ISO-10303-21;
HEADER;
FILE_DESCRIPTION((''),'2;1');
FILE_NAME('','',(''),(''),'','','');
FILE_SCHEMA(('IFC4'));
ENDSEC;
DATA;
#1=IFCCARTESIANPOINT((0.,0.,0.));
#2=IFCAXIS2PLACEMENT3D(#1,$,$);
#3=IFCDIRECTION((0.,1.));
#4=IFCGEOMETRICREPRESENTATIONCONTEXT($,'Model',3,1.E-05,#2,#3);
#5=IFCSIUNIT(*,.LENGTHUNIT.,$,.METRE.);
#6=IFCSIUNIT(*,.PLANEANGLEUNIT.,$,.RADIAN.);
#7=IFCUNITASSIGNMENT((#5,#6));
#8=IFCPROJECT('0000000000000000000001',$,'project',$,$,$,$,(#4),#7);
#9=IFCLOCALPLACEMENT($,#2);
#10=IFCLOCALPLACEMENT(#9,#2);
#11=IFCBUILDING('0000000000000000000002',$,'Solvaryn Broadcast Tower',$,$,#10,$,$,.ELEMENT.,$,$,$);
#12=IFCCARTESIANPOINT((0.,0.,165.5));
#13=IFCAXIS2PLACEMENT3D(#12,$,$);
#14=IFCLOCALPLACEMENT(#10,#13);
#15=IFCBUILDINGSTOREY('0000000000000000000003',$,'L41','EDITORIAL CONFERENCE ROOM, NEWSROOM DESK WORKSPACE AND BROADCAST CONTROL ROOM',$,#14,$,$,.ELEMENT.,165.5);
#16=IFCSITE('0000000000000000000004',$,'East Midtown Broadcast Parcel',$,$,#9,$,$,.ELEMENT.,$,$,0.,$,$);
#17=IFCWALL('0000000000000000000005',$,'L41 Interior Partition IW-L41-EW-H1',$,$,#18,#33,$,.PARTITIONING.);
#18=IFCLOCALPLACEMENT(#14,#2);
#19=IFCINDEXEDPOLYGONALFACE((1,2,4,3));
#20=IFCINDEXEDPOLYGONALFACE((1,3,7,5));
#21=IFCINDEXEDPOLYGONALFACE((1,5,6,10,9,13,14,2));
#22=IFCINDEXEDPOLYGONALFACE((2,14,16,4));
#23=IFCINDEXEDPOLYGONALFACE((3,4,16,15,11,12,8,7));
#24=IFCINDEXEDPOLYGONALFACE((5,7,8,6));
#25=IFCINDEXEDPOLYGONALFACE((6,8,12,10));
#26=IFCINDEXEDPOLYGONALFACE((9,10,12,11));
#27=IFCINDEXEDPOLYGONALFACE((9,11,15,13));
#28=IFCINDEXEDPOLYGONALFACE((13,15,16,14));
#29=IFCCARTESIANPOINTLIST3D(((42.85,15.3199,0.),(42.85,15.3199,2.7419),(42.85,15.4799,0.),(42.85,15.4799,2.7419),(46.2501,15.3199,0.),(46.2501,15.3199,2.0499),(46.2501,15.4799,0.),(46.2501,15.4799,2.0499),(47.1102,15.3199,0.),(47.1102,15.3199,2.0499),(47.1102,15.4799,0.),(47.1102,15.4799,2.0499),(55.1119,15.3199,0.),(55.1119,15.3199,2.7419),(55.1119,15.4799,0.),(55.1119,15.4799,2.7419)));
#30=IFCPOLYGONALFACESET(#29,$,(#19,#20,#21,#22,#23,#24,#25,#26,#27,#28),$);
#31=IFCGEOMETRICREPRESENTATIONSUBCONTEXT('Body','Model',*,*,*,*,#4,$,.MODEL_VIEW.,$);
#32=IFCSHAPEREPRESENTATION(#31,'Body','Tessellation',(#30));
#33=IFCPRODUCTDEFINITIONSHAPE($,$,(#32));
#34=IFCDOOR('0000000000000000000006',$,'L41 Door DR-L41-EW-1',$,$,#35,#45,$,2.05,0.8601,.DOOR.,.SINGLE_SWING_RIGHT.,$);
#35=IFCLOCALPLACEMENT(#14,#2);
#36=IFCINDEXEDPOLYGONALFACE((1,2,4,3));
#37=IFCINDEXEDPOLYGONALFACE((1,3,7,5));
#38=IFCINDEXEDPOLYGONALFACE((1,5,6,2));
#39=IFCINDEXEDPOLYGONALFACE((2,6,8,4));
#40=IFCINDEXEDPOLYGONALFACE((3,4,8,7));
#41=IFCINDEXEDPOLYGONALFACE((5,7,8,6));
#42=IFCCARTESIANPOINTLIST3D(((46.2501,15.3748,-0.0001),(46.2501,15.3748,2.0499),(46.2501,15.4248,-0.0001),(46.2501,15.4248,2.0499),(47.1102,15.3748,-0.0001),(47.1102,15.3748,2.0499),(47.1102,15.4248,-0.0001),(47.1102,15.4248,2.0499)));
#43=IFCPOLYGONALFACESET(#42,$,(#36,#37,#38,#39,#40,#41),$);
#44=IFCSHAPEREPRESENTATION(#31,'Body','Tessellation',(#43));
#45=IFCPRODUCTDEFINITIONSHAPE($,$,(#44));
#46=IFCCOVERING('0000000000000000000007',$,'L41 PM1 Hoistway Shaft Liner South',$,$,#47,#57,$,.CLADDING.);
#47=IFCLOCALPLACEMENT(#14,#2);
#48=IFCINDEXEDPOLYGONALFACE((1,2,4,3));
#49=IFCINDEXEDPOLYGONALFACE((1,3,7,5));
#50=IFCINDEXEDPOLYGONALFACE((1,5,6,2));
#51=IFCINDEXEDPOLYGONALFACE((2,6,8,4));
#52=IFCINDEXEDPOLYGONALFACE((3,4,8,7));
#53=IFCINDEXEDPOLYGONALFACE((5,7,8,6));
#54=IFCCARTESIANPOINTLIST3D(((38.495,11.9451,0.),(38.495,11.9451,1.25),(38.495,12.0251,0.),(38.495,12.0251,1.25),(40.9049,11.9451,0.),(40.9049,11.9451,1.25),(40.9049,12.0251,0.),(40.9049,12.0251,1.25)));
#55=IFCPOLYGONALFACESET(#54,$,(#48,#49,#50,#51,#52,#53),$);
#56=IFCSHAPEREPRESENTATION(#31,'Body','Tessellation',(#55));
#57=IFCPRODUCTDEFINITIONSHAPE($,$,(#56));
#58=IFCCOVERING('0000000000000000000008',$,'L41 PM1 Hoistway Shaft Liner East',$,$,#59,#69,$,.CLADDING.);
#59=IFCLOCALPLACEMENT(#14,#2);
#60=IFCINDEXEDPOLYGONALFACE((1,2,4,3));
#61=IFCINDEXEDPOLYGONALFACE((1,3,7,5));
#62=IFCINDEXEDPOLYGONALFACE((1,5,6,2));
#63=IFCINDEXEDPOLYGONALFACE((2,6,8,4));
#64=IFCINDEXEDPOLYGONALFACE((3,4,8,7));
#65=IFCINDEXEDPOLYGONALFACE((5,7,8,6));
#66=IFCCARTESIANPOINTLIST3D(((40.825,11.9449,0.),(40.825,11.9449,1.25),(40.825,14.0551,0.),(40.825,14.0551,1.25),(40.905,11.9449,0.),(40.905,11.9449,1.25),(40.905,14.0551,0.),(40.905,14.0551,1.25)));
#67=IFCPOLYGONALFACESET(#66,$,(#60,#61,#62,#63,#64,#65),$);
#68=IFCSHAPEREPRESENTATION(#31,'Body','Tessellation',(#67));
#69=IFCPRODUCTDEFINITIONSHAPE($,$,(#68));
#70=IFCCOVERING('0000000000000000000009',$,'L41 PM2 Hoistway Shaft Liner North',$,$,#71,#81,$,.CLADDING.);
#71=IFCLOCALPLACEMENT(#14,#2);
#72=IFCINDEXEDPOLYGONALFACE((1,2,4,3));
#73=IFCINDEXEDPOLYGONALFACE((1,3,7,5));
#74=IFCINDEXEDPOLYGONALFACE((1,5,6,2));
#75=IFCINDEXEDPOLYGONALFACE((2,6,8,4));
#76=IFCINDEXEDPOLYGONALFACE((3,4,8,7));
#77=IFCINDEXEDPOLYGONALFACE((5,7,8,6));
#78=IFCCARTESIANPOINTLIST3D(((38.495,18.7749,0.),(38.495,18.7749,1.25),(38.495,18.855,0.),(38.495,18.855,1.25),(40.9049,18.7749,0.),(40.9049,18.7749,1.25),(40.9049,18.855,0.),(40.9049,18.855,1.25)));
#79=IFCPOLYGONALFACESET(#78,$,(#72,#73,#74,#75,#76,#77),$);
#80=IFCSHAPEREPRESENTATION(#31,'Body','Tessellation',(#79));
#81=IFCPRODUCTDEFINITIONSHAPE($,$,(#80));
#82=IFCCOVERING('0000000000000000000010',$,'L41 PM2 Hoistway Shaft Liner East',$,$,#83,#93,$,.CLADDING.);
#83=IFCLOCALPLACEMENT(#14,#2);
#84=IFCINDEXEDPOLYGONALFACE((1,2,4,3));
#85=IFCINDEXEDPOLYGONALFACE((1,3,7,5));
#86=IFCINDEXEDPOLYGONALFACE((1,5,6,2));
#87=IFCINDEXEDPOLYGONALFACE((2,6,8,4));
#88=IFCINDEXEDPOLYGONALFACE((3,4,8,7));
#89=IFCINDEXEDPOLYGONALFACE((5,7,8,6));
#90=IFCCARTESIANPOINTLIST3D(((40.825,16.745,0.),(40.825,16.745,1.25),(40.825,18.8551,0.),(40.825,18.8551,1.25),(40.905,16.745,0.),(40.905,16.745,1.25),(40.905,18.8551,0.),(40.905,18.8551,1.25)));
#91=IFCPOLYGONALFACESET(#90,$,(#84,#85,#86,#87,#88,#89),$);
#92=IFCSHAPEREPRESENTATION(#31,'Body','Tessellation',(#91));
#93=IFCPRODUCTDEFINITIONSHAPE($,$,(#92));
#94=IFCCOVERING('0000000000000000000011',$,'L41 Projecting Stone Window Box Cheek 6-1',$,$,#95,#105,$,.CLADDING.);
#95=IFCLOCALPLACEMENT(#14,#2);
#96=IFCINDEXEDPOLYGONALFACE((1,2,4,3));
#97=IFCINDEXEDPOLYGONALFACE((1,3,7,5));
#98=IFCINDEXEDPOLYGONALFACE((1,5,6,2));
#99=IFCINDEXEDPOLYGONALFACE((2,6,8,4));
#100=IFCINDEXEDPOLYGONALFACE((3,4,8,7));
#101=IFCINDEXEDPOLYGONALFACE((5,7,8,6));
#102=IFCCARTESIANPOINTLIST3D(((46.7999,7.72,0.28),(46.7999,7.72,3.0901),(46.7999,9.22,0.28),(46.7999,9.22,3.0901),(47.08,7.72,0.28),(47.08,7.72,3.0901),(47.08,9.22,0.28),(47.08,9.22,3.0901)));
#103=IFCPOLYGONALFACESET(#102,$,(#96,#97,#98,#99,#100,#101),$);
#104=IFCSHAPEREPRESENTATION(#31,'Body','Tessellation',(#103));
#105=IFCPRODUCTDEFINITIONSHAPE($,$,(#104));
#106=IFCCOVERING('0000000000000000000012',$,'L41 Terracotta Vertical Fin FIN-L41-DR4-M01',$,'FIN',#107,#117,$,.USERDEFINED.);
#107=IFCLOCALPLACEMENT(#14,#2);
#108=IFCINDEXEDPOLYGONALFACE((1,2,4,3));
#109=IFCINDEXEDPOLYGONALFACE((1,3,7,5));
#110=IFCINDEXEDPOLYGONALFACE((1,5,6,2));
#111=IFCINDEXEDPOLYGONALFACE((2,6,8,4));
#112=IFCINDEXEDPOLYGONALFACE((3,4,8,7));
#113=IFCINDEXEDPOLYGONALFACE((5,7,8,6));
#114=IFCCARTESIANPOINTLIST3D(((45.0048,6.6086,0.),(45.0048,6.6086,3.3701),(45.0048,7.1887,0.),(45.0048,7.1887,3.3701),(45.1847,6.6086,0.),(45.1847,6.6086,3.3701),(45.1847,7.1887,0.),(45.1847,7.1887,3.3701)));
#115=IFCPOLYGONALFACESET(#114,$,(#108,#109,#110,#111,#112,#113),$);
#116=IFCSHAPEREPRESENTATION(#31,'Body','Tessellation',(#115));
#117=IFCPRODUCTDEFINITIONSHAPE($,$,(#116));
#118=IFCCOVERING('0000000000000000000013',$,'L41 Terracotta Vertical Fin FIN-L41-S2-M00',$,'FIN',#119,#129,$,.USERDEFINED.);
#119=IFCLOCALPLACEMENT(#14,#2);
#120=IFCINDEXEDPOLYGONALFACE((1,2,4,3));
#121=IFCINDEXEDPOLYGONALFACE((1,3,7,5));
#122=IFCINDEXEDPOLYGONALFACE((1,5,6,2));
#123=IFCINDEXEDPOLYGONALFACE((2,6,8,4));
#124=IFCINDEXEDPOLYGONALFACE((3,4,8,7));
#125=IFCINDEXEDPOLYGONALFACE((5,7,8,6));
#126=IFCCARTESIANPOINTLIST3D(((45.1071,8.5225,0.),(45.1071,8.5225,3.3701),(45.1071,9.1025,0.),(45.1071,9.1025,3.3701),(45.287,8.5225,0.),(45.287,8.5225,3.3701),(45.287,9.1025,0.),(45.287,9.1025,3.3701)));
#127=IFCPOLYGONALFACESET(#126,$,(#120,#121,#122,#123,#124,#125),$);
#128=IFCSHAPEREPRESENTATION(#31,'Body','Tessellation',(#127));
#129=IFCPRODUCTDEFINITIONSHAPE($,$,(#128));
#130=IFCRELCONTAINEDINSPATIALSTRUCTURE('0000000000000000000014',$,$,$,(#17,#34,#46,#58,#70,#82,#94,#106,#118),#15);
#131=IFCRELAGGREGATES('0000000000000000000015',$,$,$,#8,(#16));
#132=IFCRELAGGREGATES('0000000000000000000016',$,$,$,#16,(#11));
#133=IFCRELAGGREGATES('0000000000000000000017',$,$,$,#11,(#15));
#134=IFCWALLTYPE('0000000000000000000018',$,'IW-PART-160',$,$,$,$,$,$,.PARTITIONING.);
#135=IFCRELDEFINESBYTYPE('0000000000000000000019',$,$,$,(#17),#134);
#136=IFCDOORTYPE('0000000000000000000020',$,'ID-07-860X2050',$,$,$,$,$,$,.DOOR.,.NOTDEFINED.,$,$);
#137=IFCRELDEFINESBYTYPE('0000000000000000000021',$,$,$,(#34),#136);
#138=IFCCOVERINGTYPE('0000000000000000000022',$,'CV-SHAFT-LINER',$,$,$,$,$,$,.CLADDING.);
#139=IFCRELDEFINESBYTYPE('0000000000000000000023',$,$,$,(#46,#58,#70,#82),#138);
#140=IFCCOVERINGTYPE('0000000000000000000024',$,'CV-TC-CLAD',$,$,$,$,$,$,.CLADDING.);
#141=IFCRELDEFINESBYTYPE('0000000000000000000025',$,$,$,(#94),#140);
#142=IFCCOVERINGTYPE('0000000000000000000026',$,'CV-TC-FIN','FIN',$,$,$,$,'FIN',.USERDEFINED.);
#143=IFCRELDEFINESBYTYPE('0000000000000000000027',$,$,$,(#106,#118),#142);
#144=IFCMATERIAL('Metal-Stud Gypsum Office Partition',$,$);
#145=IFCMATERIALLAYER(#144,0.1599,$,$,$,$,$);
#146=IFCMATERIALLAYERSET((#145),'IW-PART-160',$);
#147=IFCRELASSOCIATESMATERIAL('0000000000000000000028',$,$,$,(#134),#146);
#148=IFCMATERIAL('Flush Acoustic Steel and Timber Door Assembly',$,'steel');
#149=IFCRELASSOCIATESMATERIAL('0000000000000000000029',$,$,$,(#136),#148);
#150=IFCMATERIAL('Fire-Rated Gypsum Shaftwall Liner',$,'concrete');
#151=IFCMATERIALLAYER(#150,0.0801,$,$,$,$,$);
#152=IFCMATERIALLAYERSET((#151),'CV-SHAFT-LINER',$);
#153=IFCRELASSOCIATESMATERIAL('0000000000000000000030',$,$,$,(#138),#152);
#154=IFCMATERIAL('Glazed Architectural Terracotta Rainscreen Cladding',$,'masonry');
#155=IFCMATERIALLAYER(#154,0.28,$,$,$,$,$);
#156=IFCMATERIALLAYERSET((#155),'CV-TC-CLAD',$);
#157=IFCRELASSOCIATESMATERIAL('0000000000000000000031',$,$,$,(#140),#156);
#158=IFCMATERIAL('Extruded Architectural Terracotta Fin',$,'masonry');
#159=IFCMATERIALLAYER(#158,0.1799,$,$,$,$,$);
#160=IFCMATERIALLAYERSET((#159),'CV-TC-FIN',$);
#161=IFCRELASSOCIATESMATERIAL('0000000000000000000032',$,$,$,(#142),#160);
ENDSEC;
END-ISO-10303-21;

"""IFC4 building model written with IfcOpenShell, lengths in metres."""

from ifc_helpers import new_model, si_unit, direction, frame, frame_2d, origin, origin_2d, place, context, subcontext, project, spatial, rectangle, extrude, material, layer, layer_set, type_object, element, fill, save


model = new_model("IFC4")

# Units and contexts
model_context = context("Model", 3, precision=1e-05, world=origin(), true_north=direction((0.0, 1.0)))
body_context = subcontext(model_context, "Body", "Model", "MODEL_VIEW")
ifc_project = project(units=[si_unit("LENGTHUNIT", "METRE"), si_unit("PLANEANGLEUNIT", "RADIAN")], contexts=[model_context])

# Site, building, storey
site_placement = place(None, origin())
site = spatial("IfcSite", under=ifc_project, at=site_placement, Name="East Midtown Broadcast Parcel", CompositionType="ELEMENT", RefElevation=0.0)
building_placement = place(site_placement, origin())
building = spatial("IfcBuilding", under=site, at=building_placement, Name="Solvaryn Broadcast Tower", CompositionType="ELEMENT")
storey_placement = place(building_placement, frame((0.0, 0.0, 165.5)))
storey = spatial("IfcBuildingStorey", under=building, at=storey_placement, Name="L41", Description="EDITORIAL CONFERENCE ROOM, NEWSROOM DESK WORKSPACE AND BROADCAST CONTROL ROOM", CompositionType="ELEMENT", Elevation=165.5)

# Shared definitions
ifc_material_1 = material(Name="Metal-Stud Gypsum Office Partition")
ifc_layer_1 = layer(ifc_material_1, 0.1599)
ifc_layer_set_1 = layer_set([ifc_layer_1], Name="IW-PART-160")
wall_type_1 = type_object("IfcWallType", Name="IW-PART-160", PredefinedType="PARTITIONING", material=ifc_layer_set_1)

# Wall, opening, door
wall_1_placement = place(storey_placement, frame((42.8501, 15.3999, 0.0), z_axis=(0.0, 0.0, 1.0), x_axis=(1.0, 0.0, 0.0)))
wall_1 = element("IfcWall", 1, at=wall_1_placement, inside=storey, type_object=wall_type_1, Name="L41 Interior Partition IW-L41-EW-H1", PredefinedType="PARTITIONING", context=body_context, shape_type="SweptSolid", body=[
    extrude(rectangle(XDim=12.262, YDim=0.1599, at=frame_2d((6.1309, 0.0))), origin(), (0.0, 0.0, 1.0), 2.7419),
])
opening_1_placement = place(wall_1_placement, frame((3.3999, 0.0, 0.0)))
opening_1 = element("IfcOpeningElement", 2, at=opening_1_placement, cuts=wall_1, PredefinedType="OPENING", context=body_context, shape_type="SweptSolid", body=[
    extrude(rectangle(XDim=0.8601, YDim=2.05, at=frame_2d((0.4302, 1.0249))), frame((0.0, 0.0901, 0.0), z_axis=(0.0, -1.0, 0.0), x_axis=(1.0, 0.0, 0.0)), (0.0, 0.0, 1.0), 0.1799),
])
ifc_material_2 = material(Name="Flush Acoustic Steel and Timber Door Assembly", Category="steel")
door_type_1 = type_object("IfcDoorType", Name="ID-07-860X2050", OperationType="NOTDEFINED", PredefinedType="DOOR", material=ifc_material_2)
door_1_placement = place(opening_1_placement, origin())
door_1 = element("IfcDoor", 3, at=door_1_placement, inside=storey, type_object=door_type_1, Name="L41 Door DR-L41-EW-1", OperationType="SINGLE_SWING_RIGHT", OverallHeight=2.05, OverallWidth=0.8601, PredefinedType="DOOR", context=body_context, shape_type="SweptSolid", body=[
    extrude(rectangle(XDim=0.8601, YDim=2.05, at=frame_2d((0.4302, 1.0249))), frame((0.0, 0.0249, 0.0), z_axis=(0.0, -1.0, 0.0), x_axis=(1.0, 0.0, 0.0)), (0.0, 0.0, 1.0), 0.05),
])
fill(opening_1, door_1)

# Coverings
ifc_material_3 = material(Name="Fire-Rated Gypsum Shaftwall Liner", Category="concrete")
ifc_layer_2 = layer(ifc_material_3, 0.0801)
ifc_layer_set_2 = layer_set([ifc_layer_2], Name="CV-SHAFT-LINER")
covering_type_1 = type_object("IfcCoveringType", Name="CV-SHAFT-LINER", PredefinedType="CLADDING", material=ifc_layer_set_2)
covering_1_placement = place(storey_placement, frame((39.7, 11.9851, 0.0), z_axis=(0.0, 0.0, 1.0), x_axis=(1.0, 0.0, 0.0)))
element("IfcCovering", 4, at=covering_1_placement, inside=storey, type_object=covering_type_1, Name="L41 PM1 Hoistway Shaft Liner South", PredefinedType="CLADDING", context=body_context, shape_type="SweptSolid", body=[
    extrude(rectangle(XDim=2.4099, YDim=0.0801, at=origin_2d()), origin(), (0.0, 0.0, 1.0), 1.25),
])
covering_2_placement = place(storey_placement, frame((40.865, 13.0, 0.0), z_axis=(0.0, 0.0, 1.0), x_axis=(1.0, 0.0, 0.0)))
element("IfcCovering", 5, at=covering_2_placement, inside=storey, type_object=covering_type_1, Name="L41 PM1 Hoistway Shaft Liner East", PredefinedType="CLADDING", context=body_context, shape_type="SweptSolid", body=[
    extrude(rectangle(XDim=0.0801, YDim=2.1101, at=origin_2d()), origin(), (0.0, 0.0, 1.0), 1.25),
])
covering_3_placement = place(storey_placement, frame((39.7, 18.8149, 0.0), z_axis=(0.0, 0.0, 1.0), x_axis=(1.0, 0.0, 0.0)))
element("IfcCovering", 6, at=covering_3_placement, inside=storey, type_object=covering_type_1, Name="L41 PM2 Hoistway Shaft Liner North", PredefinedType="CLADDING", context=body_context, shape_type="SweptSolid", body=[
    extrude(rectangle(XDim=2.4099, YDim=0.0801, at=origin_2d()), origin(), (0.0, 0.0, 1.0), 1.25),
])
covering_4_placement = place(storey_placement, frame((40.865, 17.8, 0.0), z_axis=(0.0, 0.0, 1.0), x_axis=(1.0, 0.0, 0.0)))
element("IfcCovering", 7, at=covering_4_placement, inside=storey, type_object=covering_type_1, Name="L41 PM2 Hoistway Shaft Liner East", PredefinedType="CLADDING", context=body_context, shape_type="SweptSolid", body=[
    extrude(rectangle(XDim=0.0801, YDim=2.1101, at=origin_2d()), origin(), (0.0, 0.0, 1.0), 1.25),
])
ifc_material_4 = material(Name="Glazed Architectural Terracotta Rainscreen Cladding", Category="masonry")
ifc_layer_3 = layer(ifc_material_4, 0.28)
ifc_layer_set_3 = layer_set([ifc_layer_3], Name="CV-TC-CLAD")
covering_type_2 = type_object("IfcCoveringType", Name="CV-TC-CLAD", PredefinedType="CLADDING", material=ifc_layer_set_3)
covering_5_placement = place(storey_placement, frame((46.9399, 8.47, 0.28), z_axis=(0.0, 0.0, 1.0), x_axis=(1.0, 0.0, 0.0)))
element("IfcCovering", 8, at=covering_5_placement, inside=storey, type_object=covering_type_2, Name="L41 Projecting Stone Window Box Cheek 6-1", PredefinedType="CLADDING", context=body_context, shape_type="SweptSolid", body=[
    extrude(rectangle(XDim=0.28, YDim=1.5, at=origin_2d()), origin(), (0.0, 0.0, 1.0), 2.8101),
])
ifc_material_5 = material(Name="Extruded Architectural Terracotta Fin", Category="masonry")
ifc_layer_4 = layer(ifc_material_5, 0.1799)
ifc_layer_set_4 = layer_set([ifc_layer_4], Name="CV-TC-FIN")
covering_type_3 = type_object("IfcCoveringType", Name="CV-TC-FIN", Description="FIN", ElementType="FIN", PredefinedType="USERDEFINED", material=ifc_layer_set_4)
for number, where, z_axis, x_axis, name in (
    (9, (45.0947, 6.8987, 0.0), (0.0, 0.0, 1.0), (1.0, 0.0, 0.0), "L41 Terracotta Vertical Fin FIN-L41-DR4-M01"),
    (10, (45.197, 8.8125, 0.0), (0.0, 0.0, 1.0), (1.0, 0.0, 0.0), "L41 Terracotta Vertical Fin FIN-L41-S2-M00"),
):
    element("IfcCovering", number, at=place(storey_placement, frame(where, z_axis=z_axis, x_axis=x_axis)), inside=storey, type_object=covering_type_3, Name=name, ObjectType="FIN", PredefinedType="USERDEFINED", context=body_context, shape_type="SweptSolid", body=[
        extrude(rectangle(XDim=0.1799, YDim=0.5801, at=origin_2d()), origin(), (0.0, 0.0, 1.0), 3.3701),
    ])

save(model, "model.ifc")
